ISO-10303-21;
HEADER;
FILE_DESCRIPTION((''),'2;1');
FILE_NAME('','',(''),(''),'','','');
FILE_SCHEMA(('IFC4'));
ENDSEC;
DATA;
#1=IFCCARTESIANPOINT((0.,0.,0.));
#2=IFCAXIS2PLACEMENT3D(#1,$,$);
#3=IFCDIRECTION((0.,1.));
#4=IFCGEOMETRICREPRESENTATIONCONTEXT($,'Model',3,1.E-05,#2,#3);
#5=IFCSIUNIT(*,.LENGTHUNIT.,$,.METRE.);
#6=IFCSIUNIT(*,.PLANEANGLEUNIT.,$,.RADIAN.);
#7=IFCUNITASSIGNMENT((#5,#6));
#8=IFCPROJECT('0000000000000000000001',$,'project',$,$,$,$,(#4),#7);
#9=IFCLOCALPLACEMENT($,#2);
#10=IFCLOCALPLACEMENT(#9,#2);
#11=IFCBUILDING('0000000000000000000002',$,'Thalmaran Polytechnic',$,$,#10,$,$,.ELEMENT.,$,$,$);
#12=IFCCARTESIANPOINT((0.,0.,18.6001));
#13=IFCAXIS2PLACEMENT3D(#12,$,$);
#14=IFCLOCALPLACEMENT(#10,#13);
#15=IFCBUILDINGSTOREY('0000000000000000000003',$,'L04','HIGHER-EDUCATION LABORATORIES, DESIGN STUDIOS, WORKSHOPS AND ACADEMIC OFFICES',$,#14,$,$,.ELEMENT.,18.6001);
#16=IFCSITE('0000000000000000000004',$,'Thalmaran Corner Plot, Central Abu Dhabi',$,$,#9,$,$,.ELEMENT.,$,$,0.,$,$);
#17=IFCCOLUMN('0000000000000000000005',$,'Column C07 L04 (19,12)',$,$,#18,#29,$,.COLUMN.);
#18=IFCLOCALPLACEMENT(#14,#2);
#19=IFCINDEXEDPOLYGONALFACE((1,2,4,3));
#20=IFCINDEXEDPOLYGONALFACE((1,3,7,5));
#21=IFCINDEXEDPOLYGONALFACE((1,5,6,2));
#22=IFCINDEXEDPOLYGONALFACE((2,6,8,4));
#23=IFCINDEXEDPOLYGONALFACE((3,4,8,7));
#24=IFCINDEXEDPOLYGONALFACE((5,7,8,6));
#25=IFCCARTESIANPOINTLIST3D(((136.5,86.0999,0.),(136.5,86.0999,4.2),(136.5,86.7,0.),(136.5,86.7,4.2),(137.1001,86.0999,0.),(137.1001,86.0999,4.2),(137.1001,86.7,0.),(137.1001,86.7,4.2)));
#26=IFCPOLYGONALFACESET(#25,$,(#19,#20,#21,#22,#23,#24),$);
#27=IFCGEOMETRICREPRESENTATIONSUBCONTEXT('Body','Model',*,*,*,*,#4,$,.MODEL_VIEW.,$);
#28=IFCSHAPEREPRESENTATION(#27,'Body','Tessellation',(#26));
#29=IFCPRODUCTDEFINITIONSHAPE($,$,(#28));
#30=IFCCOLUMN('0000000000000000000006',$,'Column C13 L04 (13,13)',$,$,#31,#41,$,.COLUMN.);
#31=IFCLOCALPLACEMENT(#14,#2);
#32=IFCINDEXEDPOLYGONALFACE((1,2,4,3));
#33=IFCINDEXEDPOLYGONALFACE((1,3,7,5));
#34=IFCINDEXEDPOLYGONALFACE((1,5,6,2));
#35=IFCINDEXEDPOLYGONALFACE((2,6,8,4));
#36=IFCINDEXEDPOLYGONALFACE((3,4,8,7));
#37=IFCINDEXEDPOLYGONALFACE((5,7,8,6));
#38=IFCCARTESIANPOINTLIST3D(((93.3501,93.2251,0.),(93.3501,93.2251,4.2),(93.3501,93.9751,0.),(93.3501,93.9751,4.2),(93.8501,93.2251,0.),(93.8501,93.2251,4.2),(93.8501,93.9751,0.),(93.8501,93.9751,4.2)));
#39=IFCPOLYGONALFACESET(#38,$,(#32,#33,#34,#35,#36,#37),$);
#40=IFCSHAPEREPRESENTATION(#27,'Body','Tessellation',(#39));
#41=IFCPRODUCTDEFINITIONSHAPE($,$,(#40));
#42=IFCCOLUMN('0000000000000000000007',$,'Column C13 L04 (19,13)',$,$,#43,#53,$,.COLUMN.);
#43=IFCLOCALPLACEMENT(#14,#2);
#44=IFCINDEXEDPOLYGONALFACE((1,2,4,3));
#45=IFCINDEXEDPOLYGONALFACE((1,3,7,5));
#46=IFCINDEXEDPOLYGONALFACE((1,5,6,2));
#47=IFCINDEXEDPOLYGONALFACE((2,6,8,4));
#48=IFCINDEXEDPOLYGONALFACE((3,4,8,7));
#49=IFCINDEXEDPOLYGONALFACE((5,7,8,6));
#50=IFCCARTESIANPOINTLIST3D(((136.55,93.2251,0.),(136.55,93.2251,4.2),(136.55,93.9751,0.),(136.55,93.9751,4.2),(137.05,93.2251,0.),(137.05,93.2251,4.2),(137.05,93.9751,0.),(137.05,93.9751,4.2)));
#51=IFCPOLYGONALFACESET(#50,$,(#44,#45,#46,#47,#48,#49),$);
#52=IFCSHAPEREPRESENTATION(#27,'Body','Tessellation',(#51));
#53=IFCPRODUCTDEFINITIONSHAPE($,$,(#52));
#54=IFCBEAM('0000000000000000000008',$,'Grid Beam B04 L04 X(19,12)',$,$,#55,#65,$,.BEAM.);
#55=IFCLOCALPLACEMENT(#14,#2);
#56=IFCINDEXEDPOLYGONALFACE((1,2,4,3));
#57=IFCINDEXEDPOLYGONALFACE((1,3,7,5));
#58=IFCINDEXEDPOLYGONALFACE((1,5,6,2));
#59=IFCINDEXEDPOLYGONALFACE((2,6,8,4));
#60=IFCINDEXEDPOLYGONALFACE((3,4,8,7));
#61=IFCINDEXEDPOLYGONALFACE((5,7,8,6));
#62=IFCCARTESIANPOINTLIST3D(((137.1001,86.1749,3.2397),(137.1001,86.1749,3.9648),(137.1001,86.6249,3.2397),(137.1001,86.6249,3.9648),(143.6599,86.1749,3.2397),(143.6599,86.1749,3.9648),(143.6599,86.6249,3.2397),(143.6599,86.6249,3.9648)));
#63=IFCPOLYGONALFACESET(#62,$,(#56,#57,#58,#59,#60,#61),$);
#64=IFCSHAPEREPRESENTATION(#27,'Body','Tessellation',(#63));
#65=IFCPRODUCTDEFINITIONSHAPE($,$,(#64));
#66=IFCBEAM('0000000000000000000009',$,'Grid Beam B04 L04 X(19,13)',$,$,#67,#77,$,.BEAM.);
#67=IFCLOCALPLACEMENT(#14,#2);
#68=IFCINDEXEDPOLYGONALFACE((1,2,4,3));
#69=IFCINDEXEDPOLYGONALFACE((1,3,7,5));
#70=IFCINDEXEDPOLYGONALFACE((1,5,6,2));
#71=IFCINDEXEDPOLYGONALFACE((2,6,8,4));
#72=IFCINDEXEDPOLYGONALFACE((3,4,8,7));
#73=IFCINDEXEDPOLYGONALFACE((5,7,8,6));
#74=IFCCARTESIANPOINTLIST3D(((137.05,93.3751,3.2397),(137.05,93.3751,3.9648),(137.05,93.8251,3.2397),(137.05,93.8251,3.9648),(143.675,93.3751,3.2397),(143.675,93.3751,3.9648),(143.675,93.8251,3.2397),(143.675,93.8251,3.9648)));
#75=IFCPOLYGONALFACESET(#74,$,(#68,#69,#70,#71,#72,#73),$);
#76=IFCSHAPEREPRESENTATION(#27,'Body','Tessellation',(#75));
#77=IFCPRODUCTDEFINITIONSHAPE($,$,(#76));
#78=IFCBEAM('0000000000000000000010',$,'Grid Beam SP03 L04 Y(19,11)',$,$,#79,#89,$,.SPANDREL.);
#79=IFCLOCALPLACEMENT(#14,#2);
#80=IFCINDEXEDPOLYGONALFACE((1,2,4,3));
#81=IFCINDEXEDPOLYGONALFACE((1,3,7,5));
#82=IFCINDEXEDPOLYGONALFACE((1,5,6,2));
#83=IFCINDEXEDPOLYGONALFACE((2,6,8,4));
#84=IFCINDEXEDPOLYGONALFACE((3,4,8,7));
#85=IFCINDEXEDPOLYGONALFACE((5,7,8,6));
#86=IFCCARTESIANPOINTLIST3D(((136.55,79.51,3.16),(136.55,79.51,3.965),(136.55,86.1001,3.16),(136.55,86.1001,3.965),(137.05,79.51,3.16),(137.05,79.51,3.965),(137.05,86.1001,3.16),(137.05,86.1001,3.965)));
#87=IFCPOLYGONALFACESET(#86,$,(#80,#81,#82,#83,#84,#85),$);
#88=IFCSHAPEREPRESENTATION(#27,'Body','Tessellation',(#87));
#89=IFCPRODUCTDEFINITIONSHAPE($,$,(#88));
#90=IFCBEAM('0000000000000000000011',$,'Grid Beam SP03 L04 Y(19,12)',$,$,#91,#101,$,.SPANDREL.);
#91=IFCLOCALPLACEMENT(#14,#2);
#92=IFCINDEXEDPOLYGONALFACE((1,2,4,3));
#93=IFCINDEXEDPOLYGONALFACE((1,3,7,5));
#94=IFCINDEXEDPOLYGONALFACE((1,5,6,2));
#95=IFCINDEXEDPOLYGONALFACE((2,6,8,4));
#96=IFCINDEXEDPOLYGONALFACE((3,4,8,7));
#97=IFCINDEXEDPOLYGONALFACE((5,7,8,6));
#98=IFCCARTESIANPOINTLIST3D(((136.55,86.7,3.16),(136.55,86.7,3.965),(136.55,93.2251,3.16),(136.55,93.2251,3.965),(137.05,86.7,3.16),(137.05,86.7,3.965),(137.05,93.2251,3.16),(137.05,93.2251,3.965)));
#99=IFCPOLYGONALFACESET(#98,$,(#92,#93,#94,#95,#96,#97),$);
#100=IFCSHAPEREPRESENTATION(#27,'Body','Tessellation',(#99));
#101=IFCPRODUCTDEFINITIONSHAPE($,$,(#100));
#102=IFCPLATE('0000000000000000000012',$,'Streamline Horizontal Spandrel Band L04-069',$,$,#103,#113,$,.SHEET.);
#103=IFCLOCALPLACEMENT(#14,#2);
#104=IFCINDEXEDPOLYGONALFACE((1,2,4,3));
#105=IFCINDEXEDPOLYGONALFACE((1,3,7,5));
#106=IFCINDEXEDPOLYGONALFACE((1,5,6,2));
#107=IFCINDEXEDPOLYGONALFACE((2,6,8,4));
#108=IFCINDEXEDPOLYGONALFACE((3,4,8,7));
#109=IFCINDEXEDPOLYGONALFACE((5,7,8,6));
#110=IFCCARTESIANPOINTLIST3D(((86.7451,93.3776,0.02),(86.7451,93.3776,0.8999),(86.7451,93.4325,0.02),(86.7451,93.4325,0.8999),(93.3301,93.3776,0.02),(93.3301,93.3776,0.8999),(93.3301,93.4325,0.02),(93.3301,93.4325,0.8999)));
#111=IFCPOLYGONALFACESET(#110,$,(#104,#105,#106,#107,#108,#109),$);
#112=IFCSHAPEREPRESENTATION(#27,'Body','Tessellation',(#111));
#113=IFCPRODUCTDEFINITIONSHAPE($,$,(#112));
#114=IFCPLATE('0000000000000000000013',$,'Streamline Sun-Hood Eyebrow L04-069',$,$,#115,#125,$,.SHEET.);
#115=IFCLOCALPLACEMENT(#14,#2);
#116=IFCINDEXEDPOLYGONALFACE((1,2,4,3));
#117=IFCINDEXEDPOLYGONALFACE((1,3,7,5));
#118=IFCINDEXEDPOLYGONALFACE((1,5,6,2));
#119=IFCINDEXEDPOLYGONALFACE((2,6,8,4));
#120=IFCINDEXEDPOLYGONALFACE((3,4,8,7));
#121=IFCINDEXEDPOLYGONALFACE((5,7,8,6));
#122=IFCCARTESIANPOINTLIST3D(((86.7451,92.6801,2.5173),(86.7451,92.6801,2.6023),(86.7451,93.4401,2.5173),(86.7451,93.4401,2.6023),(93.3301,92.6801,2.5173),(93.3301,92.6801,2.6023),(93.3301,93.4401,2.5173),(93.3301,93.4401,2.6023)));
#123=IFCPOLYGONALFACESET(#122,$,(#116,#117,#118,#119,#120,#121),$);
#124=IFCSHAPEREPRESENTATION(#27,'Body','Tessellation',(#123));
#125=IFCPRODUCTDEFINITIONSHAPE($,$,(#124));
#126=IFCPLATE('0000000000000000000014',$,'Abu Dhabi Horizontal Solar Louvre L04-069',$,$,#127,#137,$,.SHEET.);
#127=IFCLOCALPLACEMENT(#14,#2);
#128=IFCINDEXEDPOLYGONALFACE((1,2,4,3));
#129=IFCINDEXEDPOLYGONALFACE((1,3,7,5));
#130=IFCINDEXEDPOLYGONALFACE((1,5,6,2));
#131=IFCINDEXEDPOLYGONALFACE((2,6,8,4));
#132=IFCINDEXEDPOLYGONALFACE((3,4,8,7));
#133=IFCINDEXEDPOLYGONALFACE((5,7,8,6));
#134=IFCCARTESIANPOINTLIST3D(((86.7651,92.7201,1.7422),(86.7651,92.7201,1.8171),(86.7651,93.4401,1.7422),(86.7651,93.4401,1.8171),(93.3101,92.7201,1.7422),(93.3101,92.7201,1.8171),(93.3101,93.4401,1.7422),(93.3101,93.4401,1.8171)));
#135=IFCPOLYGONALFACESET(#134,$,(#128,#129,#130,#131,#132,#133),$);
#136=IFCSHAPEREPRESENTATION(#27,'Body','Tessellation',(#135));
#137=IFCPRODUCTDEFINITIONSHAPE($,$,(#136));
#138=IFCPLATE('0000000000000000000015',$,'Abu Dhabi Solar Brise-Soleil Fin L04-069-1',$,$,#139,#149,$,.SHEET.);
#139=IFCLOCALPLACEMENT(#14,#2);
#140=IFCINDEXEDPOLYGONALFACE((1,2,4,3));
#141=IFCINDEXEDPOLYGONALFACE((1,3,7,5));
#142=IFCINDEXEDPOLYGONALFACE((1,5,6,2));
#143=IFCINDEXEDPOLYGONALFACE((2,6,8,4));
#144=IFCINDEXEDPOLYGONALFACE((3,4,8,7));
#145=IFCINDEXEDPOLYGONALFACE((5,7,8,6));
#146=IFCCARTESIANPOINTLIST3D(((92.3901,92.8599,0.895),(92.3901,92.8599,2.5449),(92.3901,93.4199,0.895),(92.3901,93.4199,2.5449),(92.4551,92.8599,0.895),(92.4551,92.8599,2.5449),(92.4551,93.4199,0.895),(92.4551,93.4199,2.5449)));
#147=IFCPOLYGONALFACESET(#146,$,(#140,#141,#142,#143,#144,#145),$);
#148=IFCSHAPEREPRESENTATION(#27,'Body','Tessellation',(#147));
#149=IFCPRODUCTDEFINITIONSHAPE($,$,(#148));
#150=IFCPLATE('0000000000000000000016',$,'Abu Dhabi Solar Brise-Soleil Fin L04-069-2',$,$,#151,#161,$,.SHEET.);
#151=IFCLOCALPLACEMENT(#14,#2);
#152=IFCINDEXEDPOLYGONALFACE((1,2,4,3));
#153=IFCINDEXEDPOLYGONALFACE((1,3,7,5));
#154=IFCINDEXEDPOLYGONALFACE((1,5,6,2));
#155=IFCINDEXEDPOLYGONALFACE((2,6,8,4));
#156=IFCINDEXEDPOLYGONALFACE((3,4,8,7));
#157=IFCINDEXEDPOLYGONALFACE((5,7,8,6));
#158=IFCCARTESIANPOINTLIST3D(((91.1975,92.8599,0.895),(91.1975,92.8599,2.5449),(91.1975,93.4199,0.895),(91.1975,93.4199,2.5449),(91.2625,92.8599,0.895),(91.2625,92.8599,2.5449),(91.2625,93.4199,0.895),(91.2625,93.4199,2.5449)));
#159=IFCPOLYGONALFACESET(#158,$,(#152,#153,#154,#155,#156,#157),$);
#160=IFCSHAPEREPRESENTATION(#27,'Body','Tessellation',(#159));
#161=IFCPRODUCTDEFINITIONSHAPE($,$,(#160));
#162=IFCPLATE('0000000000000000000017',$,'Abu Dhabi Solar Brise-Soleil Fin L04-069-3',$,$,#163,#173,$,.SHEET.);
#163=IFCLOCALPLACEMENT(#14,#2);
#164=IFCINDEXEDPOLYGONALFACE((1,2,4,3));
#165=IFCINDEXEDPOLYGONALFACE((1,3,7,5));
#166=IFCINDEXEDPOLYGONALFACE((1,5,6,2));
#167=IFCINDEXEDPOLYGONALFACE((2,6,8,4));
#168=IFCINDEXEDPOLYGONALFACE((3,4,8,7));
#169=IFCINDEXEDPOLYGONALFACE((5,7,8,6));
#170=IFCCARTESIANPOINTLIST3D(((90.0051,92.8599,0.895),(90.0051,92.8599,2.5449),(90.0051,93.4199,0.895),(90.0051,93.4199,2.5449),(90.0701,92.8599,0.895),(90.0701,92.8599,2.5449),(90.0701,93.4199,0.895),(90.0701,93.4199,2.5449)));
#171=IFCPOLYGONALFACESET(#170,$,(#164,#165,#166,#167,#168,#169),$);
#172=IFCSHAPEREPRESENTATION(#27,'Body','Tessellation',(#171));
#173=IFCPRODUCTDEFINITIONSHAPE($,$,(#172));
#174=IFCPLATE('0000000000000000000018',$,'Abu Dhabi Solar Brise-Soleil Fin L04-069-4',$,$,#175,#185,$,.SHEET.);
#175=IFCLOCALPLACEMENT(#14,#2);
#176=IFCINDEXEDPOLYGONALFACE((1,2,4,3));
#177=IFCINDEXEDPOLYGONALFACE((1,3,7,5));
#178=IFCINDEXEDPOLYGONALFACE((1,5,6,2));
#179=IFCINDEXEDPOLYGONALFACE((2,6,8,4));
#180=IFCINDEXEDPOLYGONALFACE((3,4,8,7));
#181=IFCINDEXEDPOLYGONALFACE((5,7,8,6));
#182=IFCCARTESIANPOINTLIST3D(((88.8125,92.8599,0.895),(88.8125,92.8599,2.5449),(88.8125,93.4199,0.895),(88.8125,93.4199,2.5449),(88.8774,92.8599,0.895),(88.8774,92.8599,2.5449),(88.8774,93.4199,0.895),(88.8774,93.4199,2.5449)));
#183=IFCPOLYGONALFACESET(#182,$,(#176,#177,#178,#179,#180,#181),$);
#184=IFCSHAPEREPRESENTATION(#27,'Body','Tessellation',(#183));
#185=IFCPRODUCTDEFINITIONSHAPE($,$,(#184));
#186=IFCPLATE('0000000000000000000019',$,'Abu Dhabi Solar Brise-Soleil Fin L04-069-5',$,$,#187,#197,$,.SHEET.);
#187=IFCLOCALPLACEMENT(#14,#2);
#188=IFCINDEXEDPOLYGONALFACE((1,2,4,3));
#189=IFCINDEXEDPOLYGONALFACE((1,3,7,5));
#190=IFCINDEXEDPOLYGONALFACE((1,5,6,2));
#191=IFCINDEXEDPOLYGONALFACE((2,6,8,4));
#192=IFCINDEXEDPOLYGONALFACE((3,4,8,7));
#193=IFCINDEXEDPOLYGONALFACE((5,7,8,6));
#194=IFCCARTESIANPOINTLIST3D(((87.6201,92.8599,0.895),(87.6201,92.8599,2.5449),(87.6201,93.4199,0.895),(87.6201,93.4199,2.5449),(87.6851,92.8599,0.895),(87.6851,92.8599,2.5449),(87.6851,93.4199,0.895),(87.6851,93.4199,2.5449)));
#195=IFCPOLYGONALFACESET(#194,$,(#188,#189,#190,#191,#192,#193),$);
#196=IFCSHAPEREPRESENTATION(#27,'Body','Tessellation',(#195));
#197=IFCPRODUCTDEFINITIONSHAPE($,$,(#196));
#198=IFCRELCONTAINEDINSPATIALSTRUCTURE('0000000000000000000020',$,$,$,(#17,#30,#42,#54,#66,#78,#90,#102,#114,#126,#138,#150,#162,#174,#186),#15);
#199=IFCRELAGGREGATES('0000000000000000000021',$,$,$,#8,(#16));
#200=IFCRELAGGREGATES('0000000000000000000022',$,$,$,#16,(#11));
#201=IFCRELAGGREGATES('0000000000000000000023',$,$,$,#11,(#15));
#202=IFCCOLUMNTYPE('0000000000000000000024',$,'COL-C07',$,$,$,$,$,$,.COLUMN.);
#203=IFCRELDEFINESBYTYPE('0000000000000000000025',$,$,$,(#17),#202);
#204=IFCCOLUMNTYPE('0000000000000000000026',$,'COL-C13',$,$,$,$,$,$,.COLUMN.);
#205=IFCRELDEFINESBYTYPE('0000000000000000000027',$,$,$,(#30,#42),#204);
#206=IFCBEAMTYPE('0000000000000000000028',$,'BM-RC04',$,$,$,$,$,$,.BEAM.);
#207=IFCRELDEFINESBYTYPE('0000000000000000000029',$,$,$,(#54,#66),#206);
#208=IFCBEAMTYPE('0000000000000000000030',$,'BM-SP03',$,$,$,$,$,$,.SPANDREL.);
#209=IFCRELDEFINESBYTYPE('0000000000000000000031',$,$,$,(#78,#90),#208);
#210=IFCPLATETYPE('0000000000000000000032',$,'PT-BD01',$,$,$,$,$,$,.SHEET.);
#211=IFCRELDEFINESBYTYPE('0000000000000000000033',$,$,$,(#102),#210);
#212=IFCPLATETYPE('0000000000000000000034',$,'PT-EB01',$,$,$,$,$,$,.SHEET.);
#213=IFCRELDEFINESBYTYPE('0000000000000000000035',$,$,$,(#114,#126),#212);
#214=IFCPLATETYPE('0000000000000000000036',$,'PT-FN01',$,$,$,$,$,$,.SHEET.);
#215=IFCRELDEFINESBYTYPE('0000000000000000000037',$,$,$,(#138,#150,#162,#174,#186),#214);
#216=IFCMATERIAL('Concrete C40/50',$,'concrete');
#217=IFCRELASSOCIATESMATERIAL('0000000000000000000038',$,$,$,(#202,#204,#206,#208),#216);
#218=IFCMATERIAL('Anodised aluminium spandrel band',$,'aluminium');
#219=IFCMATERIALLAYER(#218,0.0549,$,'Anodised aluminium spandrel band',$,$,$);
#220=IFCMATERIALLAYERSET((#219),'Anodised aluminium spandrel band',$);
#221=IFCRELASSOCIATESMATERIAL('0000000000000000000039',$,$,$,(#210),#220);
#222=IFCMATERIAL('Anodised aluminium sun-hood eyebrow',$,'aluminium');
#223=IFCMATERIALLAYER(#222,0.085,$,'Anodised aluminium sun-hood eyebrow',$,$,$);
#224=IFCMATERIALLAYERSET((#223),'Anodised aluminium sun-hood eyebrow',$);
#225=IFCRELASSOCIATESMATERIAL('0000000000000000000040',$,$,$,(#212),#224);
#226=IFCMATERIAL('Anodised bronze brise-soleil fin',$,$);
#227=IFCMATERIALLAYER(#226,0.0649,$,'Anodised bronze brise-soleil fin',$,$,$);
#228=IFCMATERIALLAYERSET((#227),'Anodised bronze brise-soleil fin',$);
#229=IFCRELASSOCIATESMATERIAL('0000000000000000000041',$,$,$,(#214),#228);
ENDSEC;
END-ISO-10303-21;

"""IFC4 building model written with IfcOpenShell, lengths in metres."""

from ifc_helpers import new_model, si_unit, direction, frame, origin, origin_2d, place, context, subcontext, project, spatial, rectangle, extrude, material, layer, layer_set, material_profile, profile_set, type_object, element, save


model = new_model("IFC4")

# Units and contexts
model_context = context("Model", 3, precision=1e-05, world=origin(), true_north=direction((0.0, 1.0)))
body_context = subcontext(model_context, "Body", "Model", "MODEL_VIEW")
ifc_project = project(units=[si_unit("LENGTHUNIT", "METRE"), si_unit("PLANEANGLEUNIT", "RADIAN")], contexts=[model_context])

# Site, building, storey
site_placement = place(None, origin())
site = spatial("IfcSite", under=ifc_project, at=site_placement, Name="Thalmaran Corner Plot, Central Abu Dhabi", CompositionType="ELEMENT", RefElevation=0.0)
building_placement = place(site_placement, origin())
building = spatial("IfcBuilding", under=site, at=building_placement, Name="Thalmaran Polytechnic", CompositionType="ELEMENT")
storey_placement = place(building_placement, frame((0.0, 0.0, 18.6001)))
storey = spatial("IfcBuildingStorey", under=building, at=storey_placement, Name="L04", Description="HIGHER-EDUCATION LABORATORIES, DESIGN STUDIOS, WORKSHOPS AND ACADEMIC OFFICES", CompositionType="ELEMENT", Elevation=18.6001)

# Columns
ifc_material_1 = material(Name="Concrete C40/50", Category="concrete")
ifc_material_profile_1 = material_profile(ifc_material_1, rectangle(XDim=0.6001, YDim=0.6001, at=origin_2d()), Name="RC 600x600")
ifc_profile_set_1 = profile_set([ifc_material_profile_1], Name="Concrete C40/50")
column_type_1 = type_object("IfcColumnType", Name="COL-C07", PredefinedType="COLUMN", material=ifc_profile_set_1)
column_placement = place(storey_placement, frame((136.8, 86.3999, 0.0), z_axis=(0.0, 0.0, 1.0), x_axis=(1.0, 0.0, 0.0)))
element("IfcColumn", 1, at=column_placement, inside=storey, type_object=column_type_1, Name="Column C07 L04 (19,12)", PredefinedType="COLUMN", context=body_context, shape_type="SweptSolid", body=[
    extrude(rectangle(XDim=0.6001, YDim=0.6001, at=origin_2d()), origin(), (0.0, 0.0, 1.0), 4.2),
])
ifc_material_profile_2 = material_profile(ifc_material_1, rectangle(XDim=0.5, YDim=0.75, at=origin_2d()), Name="RC 500x750")
ifc_profile_set_2 = profile_set([ifc_material_profile_2], Name="Concrete C40/50")
column_type_2 = type_object("IfcColumnType", Name="COL-C13", PredefinedType="COLUMN", material=ifc_profile_set_2)
for number, where, z_axis, x_axis, name in (
    (2, (93.6001, 93.6001, 0.0), (0.0, 0.0, 1.0), (1.0, 0.0, 0.0), "Column C13 L04 (13,13)"),
    (3, (136.8, 93.6001, 0.0), (0.0, 0.0, 1.0), (1.0, 0.0, 0.0), "Column C13 L04 (19,13)"),
):
    element("IfcColumn", number, at=place(storey_placement, frame(where, z_axis=z_axis, x_axis=x_axis)), inside=storey, type_object=column_type_2, Name=name, PredefinedType="COLUMN", context=body_context, shape_type="SweptSolid", body=[
        extrude(rectangle(XDim=0.5, YDim=0.75, at=origin_2d()), origin(), (0.0, 0.0, 1.0), 4.2),
    ])

# Beams
ifc_material_profile_3 = material_profile(ifc_material_1, rectangle(XDim=0.45, YDim=0.7251, at=origin_2d()), Name="RC 450x725")
ifc_profile_set_3 = profile_set([ifc_material_profile_3], Name="Concrete C40/50")
beam_type_1 = type_object("IfcBeamType", Name="BM-RC04", PredefinedType="BEAM", material=ifc_profile_set_3)
beam_1_placement = place(storey_placement, frame((137.1001, 86.3999, 3.6023), z_axis=(1.0, 0.0, 0.0), x_axis=(0.0, 1.0, 0.0)))
element("IfcBeam", 4, at=beam_1_placement, inside=storey, type_object=beam_type_1, Name="Grid Beam B04 L04 X(19,12)", PredefinedType="BEAM", context=body_context, shape_type="SweptSolid", body=[
    extrude(rectangle(XDim=0.45, YDim=0.7251, at=origin_2d()), origin(), (0.0, 0.0, 1.0), 6.5598),
])
beam_2_placement = place(storey_placement, frame((137.05, 93.6001, 3.6023), z_axis=(1.0, 0.0, 0.0), x_axis=(0.0, 1.0, 0.0)))
element("IfcBeam", 5, at=beam_2_placement, inside=storey, type_object=beam_type_1, Name="Grid Beam B04 L04 X(19,13)", PredefinedType="BEAM", context=body_context, shape_type="SweptSolid", body=[
    extrude(rectangle(XDim=0.45, YDim=0.7251, at=origin_2d()), origin(), (0.0, 0.0, 1.0), 6.625),
])
ifc_material_profile_4 = material_profile(ifc_material_1, rectangle(XDim=0.5, YDim=0.8049, at=origin_2d()), Name="RC 500x805")
ifc_profile_set_4 = profile_set([ifc_material_profile_4], Name="Concrete C40/50")
beam_type_2 = type_object("IfcBeamType", Name="BM-SP03", PredefinedType="SPANDREL", material=ifc_profile_set_4)
beam_3_placement = place(storey_placement, frame((136.8, 79.51, 3.5625), z_axis=(0.0, 1.0, 0.0), x_axis=(-1.0, 0.0, 0.0)))
element("IfcBeam", 6, at=beam_3_placement, inside=storey, type_object=beam_type_2, Name="Grid Beam SP03 L04 Y(19,11)", PredefinedType="SPANDREL", context=body_context, shape_type="SweptSolid", body=[
    extrude(rectangle(XDim=0.5, YDim=0.8049, at=origin_2d()), origin(), (0.0, 0.0, 1.0), 6.5901),
])
beam_4_placement = place(storey_placement, frame((136.8, 86.7, 3.5625), z_axis=(0.0, 1.0, 0.0), x_axis=(-1.0, 0.0, 0.0)))
element("IfcBeam", 7, at=beam_4_placement, inside=storey, type_object=beam_type_2, Name="Grid Beam SP03 L04 Y(19,12)", PredefinedType="SPANDREL", context=body_context, shape_type="SweptSolid", body=[
    extrude(rectangle(XDim=0.5, YDim=0.8049, at=origin_2d()), origin(), (0.0, 0.0, 1.0), 6.5251),
])

# Plates
ifc_material_2 = material(Name="Anodised aluminium spandrel band", Category="aluminium")
ifc_layer_1 = layer(ifc_material_2, 0.0549, Name="Anodised aluminium spandrel band")
ifc_layer_set_1 = layer_set([ifc_layer_1], Name="Anodised aluminium spandrel band")
plate_type_1 = type_object("IfcPlateType", Name="PT-BD01", PredefinedType="SHEET", material=ifc_layer_set_1)
plate_1_placement = place(storey_placement, frame((90.0376, 93.405, 0.02), z_axis=(0.0, 0.0, 1.0), x_axis=(-1.0, 0.0, 0.0)))
element("IfcPlate", 8, at=plate_1_placement, inside=storey, type_object=plate_type_1, Name="Streamline Horizontal Spandrel Band L04-069", PredefinedType="SHEET", context=body_context, shape_type="SweptSolid", body=[
    extrude(rectangle(XDim=6.585, YDim=0.0549, at=origin_2d()), origin(), (0.0, 0.0, 1.0), 0.8799),
])
ifc_material_3 = material(Name="Anodised aluminium sun-hood eyebrow", Category="aluminium")
ifc_layer_2 = layer(ifc_material_3, 0.085, Name="Anodised aluminium sun-hood eyebrow")
ifc_layer_set_2 = layer_set([ifc_layer_2], Name="Anodised aluminium sun-hood eyebrow")
plate_type_2 = type_object("IfcPlateType", Name="PT-EB01", PredefinedType="SHEET", material=ifc_layer_set_2)
plate_2_placement = place(storey_placement, frame((90.0376, 93.0601, 2.5173), z_axis=(0.0, 0.0, 1.0), x_axis=(-1.0, 0.0, 0.0)))
element("IfcPlate", 9, at=plate_2_placement, inside=storey, type_object=plate_type_2, Name="Streamline Sun-Hood Eyebrow L04-069", PredefinedType="SHEET", context=body_context, shape_type="SweptSolid", body=[
    extrude(rectangle(XDim=6.585, YDim=0.76, at=origin_2d()), origin(), (0.0, 0.0, 1.0), 0.085),
])
plate_3_placement = place(storey_placement, frame((90.0376, 93.0801, 1.7422), z_axis=(0.0, 0.0, 1.0), x_axis=(-1.0, 0.0, 0.0)))
element("IfcPlate", 10, at=plate_3_placement, inside=storey, type_object=plate_type_2, Name="Abu Dhabi Horizontal Solar Louvre L04-069", PredefinedType="SHEET", context=body_context, shape_type="SweptSolid", body=[
    extrude(rectangle(XDim=6.5449, YDim=0.72, at=origin_2d()), origin(), (0.0, 0.0, 1.0), 0.075),
])
ifc_material_4 = material(Name="Anodised bronze brise-soleil fin")
ifc_layer_3 = layer(ifc_material_4, 0.0649, Name="Anodised bronze brise-soleil fin")
ifc_layer_set_3 = layer_set([ifc_layer_3], Name="Anodised bronze brise-soleil fin")
plate_type_3 = type_object("IfcPlateType", Name="PT-FN01", PredefinedType="SHEET", material=ifc_layer_set_3)
for number, where, z_axis, x_axis, name in (
    (11, (92.4226, 93.1399, 0.895), (0.0, 0.0, 1.0), (-1.0, 0.0, 0.0), "Abu Dhabi Solar Brise-Soleil Fin L04-069-1"),
    (12, (91.23, 93.1399, 0.895), (0.0, 0.0, 1.0), (-1.0, 0.0, 0.0), "Abu Dhabi Solar Brise-Soleil Fin L04-069-2"),
    (13, (90.0376, 93.1399, 0.895), (0.0, 0.0, 1.0), (-1.0, 0.0, 0.0), "Abu Dhabi Solar Brise-Soleil Fin L04-069-3"),
    (14, (88.845, 93.1399, 0.895), (0.0, 0.0, 1.0), (-1.0, 0.0, 0.0), "Abu Dhabi Solar Brise-Soleil Fin L04-069-4"),
    (15, (87.6526, 93.1399, 0.895), (0.0, 0.0, 1.0), (-1.0, 0.0, 0.0), "Abu Dhabi Solar Brise-Soleil Fin L04-069-5"),
):
    element("IfcPlate", number, at=place(storey_placement, frame(where, z_axis=z_axis, x_axis=x_axis)), inside=storey, type_object=plate_type_3, Name=name, PredefinedType="SHEET", context=body_context, shape_type="SweptSolid", body=[
        extrude(rectangle(XDim=0.0649, YDim=0.5601, at=origin_2d()), origin(), (0.0, 0.0, 1.0), 1.6499),
    ])

save(model, "model.ifc")
